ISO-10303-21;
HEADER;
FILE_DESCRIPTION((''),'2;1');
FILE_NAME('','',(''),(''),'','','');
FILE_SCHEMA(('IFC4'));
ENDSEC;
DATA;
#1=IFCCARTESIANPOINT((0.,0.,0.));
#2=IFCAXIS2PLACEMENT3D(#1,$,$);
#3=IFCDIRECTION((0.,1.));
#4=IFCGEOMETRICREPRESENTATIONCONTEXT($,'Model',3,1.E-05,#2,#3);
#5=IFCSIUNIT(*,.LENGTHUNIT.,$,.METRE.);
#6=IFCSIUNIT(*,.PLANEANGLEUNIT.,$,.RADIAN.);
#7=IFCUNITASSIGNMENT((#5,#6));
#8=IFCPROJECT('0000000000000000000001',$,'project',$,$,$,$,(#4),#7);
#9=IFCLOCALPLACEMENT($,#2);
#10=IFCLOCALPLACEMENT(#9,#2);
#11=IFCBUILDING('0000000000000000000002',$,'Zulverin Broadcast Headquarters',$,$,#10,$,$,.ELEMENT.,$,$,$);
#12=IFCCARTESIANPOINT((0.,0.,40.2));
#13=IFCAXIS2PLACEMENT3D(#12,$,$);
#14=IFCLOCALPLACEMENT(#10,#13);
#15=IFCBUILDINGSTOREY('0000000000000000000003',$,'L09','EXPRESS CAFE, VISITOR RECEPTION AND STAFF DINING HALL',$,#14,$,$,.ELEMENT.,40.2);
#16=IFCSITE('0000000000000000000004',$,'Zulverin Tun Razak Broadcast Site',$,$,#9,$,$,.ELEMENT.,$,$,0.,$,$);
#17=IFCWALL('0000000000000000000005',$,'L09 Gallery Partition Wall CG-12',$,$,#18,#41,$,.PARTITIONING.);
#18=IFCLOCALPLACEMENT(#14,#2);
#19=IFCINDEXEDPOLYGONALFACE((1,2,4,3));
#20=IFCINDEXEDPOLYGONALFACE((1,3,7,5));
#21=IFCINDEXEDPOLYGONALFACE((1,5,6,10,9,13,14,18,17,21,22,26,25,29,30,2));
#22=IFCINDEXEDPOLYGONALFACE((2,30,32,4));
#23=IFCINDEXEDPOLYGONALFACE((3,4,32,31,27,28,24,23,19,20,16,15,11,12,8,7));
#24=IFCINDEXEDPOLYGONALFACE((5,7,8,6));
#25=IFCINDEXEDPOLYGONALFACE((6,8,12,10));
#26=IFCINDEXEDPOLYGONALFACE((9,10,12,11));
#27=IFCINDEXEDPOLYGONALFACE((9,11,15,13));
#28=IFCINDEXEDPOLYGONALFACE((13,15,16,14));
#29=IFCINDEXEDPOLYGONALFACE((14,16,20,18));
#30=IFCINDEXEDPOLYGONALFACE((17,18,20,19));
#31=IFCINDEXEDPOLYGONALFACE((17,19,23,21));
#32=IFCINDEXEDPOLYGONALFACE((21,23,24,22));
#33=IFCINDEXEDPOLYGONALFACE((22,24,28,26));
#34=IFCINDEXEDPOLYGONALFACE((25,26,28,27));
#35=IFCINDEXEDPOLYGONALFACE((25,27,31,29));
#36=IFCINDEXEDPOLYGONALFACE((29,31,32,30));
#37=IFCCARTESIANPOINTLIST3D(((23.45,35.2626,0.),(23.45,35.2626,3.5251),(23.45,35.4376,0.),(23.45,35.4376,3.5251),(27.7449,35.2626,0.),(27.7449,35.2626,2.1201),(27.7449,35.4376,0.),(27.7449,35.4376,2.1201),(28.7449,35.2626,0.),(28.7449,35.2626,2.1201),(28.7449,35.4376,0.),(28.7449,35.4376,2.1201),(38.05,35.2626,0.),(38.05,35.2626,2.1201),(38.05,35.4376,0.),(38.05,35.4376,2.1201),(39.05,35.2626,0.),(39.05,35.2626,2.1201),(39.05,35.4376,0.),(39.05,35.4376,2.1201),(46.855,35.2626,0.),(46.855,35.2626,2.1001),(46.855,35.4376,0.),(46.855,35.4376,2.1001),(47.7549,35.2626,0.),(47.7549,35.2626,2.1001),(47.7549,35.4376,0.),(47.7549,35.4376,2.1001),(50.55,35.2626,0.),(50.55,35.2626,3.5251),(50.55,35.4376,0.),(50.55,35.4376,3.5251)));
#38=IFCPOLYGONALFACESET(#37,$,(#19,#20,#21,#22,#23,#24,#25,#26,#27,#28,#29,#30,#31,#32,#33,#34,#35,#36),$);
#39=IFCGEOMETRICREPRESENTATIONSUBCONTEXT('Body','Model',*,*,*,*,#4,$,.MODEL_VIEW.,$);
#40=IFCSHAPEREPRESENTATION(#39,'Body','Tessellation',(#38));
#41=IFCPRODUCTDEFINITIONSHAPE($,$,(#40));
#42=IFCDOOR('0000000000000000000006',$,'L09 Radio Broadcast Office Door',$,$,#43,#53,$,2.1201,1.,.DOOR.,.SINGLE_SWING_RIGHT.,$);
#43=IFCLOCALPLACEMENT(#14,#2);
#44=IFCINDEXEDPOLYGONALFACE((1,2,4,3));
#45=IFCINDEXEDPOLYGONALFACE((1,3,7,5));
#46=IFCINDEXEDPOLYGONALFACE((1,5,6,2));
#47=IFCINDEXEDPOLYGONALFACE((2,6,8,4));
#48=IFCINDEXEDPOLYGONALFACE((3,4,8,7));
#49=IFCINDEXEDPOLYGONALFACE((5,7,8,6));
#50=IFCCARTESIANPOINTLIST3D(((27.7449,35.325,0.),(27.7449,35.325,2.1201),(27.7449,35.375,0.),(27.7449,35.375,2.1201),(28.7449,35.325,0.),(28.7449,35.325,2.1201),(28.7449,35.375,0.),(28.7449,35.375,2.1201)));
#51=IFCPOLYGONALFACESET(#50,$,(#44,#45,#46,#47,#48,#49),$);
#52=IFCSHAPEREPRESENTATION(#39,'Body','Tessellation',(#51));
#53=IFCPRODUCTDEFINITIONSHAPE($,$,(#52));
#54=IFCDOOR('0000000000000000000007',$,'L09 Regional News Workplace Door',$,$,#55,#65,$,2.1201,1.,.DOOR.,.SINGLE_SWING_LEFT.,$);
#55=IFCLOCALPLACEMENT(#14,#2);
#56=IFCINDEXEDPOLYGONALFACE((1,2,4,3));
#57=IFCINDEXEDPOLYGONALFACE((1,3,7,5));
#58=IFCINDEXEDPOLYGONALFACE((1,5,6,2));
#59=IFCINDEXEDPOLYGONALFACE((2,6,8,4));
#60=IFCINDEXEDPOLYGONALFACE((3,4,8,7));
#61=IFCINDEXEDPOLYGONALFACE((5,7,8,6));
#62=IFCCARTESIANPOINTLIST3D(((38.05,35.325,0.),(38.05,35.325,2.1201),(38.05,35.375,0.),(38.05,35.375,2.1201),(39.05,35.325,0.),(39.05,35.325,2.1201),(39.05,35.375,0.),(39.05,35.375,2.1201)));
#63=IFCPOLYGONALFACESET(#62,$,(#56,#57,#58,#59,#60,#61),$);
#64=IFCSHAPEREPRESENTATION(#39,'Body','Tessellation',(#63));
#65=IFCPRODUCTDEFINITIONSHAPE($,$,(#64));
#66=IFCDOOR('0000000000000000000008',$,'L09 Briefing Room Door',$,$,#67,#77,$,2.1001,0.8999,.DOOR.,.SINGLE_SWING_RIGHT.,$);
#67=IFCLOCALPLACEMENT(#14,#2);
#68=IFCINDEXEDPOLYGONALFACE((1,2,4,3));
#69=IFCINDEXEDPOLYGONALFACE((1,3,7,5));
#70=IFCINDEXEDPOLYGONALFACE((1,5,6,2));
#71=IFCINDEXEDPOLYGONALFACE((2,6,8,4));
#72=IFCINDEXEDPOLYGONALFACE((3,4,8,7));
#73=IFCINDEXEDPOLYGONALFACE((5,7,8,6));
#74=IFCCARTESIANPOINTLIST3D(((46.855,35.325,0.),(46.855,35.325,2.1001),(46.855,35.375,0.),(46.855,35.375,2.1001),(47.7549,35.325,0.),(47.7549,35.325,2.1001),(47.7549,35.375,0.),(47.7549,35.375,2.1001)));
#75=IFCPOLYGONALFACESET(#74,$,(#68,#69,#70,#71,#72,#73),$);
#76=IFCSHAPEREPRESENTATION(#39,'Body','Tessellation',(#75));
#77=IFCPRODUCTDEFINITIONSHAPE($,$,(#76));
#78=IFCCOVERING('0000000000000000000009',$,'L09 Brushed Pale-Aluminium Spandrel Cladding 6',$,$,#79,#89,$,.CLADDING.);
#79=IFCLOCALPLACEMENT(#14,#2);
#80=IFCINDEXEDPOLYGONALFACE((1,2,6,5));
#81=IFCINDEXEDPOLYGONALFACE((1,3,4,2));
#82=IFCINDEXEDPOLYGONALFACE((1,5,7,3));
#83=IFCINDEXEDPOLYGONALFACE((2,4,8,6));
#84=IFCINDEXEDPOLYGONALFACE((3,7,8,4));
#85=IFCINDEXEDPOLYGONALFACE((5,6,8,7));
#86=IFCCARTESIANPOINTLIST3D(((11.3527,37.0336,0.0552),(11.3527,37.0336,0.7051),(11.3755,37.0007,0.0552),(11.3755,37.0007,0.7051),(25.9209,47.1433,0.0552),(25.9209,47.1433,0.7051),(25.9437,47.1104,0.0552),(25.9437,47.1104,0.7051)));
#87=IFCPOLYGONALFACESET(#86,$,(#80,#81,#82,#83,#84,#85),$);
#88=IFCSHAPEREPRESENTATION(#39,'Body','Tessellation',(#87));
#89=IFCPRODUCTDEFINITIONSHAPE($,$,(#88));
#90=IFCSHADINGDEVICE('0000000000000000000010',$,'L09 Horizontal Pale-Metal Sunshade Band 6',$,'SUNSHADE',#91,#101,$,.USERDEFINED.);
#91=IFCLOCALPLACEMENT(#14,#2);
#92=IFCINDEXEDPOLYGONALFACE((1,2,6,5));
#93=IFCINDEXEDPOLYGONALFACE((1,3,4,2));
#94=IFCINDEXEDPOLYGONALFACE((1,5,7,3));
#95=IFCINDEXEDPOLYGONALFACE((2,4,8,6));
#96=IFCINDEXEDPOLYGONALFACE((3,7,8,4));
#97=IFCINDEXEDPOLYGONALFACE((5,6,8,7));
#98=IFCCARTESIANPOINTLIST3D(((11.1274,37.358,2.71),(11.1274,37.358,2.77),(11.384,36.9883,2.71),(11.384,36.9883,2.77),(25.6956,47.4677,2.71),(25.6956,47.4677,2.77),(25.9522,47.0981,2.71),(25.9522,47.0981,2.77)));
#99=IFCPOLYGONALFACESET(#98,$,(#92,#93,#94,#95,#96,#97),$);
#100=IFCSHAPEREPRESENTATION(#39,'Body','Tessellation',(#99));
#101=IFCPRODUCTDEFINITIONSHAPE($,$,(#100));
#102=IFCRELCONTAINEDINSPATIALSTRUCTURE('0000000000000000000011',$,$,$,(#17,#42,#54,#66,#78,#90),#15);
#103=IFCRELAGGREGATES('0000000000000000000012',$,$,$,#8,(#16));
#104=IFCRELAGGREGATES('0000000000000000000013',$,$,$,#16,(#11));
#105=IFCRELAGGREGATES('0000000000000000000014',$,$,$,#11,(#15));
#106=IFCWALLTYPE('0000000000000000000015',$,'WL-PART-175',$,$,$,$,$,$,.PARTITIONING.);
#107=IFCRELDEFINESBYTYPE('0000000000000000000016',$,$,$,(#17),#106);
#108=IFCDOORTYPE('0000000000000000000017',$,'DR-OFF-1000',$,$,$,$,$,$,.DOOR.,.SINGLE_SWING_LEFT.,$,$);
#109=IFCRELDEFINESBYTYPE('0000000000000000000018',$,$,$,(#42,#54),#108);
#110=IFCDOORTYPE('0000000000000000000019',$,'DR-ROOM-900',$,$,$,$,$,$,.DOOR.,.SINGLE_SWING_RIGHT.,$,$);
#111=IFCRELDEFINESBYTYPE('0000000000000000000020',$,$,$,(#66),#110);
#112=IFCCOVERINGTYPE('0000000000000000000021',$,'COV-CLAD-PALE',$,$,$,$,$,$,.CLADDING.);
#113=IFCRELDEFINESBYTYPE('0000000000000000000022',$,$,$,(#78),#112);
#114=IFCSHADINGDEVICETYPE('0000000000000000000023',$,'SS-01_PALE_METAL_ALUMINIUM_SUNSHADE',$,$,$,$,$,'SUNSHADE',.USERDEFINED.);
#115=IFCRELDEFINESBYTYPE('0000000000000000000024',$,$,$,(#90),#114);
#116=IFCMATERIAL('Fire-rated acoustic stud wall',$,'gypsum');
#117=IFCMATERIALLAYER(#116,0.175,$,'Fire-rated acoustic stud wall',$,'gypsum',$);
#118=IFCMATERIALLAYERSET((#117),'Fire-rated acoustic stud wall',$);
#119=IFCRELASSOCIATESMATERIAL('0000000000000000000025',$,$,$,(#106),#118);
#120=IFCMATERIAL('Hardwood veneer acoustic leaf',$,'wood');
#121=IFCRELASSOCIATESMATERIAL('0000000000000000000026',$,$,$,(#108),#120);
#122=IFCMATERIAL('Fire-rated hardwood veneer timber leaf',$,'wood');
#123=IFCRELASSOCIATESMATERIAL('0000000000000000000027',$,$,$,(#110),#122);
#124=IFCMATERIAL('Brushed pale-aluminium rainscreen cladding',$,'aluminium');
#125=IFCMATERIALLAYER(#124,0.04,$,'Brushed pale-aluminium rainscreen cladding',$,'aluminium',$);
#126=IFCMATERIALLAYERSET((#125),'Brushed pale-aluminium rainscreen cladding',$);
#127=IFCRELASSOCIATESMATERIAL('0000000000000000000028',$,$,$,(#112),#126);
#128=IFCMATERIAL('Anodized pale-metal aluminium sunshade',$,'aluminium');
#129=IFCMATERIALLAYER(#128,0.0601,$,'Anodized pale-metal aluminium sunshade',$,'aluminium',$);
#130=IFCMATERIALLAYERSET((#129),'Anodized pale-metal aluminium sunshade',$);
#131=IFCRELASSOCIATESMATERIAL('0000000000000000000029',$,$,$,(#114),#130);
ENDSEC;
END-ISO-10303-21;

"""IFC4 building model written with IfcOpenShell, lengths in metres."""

from ifc_helpers import new_model, si_unit, direction, frame, frame_2d, origin, origin_2d, place, context, subcontext, project, spatial, rectangle, extrude, material, layer, layer_set, type_object, element, fill, save


model = new_model("IFC4")

# Units and contexts
model_context = context("Model", 3, precision=1e-05, world=origin(), true_north=direction((0.0, 1.0)))
body_context = subcontext(model_context, "Body", "Model", "MODEL_VIEW")
ifc_project = project(units=[si_unit("LENGTHUNIT", "METRE"), si_unit("PLANEANGLEUNIT", "RADIAN")], contexts=[model_context])

# Site, building, storey
site_placement = place(None, origin())
site = spatial("IfcSite", under=ifc_project, at=site_placement, Name="Zulverin Tun Razak Broadcast Site", CompositionType="ELEMENT", RefElevation=0.0)
building_placement = place(site_placement, origin())
building = spatial("IfcBuilding", under=site, at=building_placement, Name="Zulverin Broadcast Headquarters", CompositionType="ELEMENT")
storey_placement = place(building_placement, frame((0.0, 0.0, 40.2)))
storey = spatial("IfcBuildingStorey", under=building, at=storey_placement, Name="L09", Description="EXPRESS CAFE, VISITOR RECEPTION AND STAFF DINING HALL", CompositionType="ELEMENT", Elevation=40.2)

# Wall, openings, doors
ifc_material_1 = material(Name="Fire-rated acoustic stud wall", Category="gypsum")
ifc_layer_1 = layer(ifc_material_1, 0.175, Name="Fire-rated acoustic stud wall", Category="gypsum")
ifc_layer_set_1 = layer_set([ifc_layer_1], Name="Fire-rated acoustic stud wall")
wall_type_1 = type_object("IfcWallType", Name="WL-PART-175", PredefinedType="PARTITIONING", material=ifc_layer_set_1)
wall_1_placement = place(storey_placement, frame((23.45, 35.3501, 0.0), z_axis=(0.0, 0.0, 1.0), x_axis=(1.0, 0.0, 0.0)))
wall_1 = element("IfcWall", 1, at=wall_1_placement, inside=storey, type_object=wall_type_1, Name="L09 Gallery Partition Wall CG-12", PredefinedType="PARTITIONING", context=body_context, shape_type="SweptSolid", body=[
    extrude(rectangle(XDim=27.1001, YDim=0.175, at=frame_2d((13.55, 0.0))), origin(), (0.0, 0.0, 1.0), 3.5251),
])
opening_1_placement = place(wall_1_placement, frame((4.2949, 0.0, 0.0)))
opening_1 = element("IfcOpeningElement", 2, at=opening_1_placement, cuts=wall_1, PredefinedType="OPENING", context=body_context, shape_type="SweptSolid", body=[
    extrude(rectangle(XDim=1.0, YDim=2.1201, at=frame_2d((0.5, 1.0601))), frame((0.0, 0.0974, 0.0), z_axis=(0.0, -1.0, 0.0), x_axis=(1.0, 0.0, 0.0)), (0.0, 0.0, 1.0), 0.1951),
])
opening_2_placement = place(wall_1_placement, frame((14.6001, 0.0, 0.0)))
opening_2 = element("IfcOpeningElement", 3, at=opening_2_placement, cuts=wall_1, PredefinedType="OPENING", context=body_context, shape_type="SweptSolid", body=[
    extrude(rectangle(XDim=1.0, YDim=2.1201, at=frame_2d((0.5, 1.0601))), frame((0.0, 0.0974, 0.0), z_axis=(0.0, -1.0, 0.0), x_axis=(1.0, 0.0, 0.0)), (0.0, 0.0, 1.0), 0.1951),
])
opening_3_placement = place(wall_1_placement, frame((23.405, 0.0, 0.0)))
opening_3 = element("IfcOpeningElement", 4, at=opening_3_placement, cuts=wall_1, PredefinedType="OPENING", context=body_context, shape_type="SweptSolid", body=[
    extrude(rectangle(XDim=0.8999, YDim=2.1001, at=frame_2d((0.45, 1.05))), frame((0.0, 0.0974, 0.0), z_axis=(0.0, -1.0, 0.0), x_axis=(1.0, 0.0, 0.0)), (0.0, 0.0, 1.0), 0.1951),
])
ifc_material_2 = material(Name="Hardwood veneer acoustic leaf", Category="wood")
door_type_1 = type_object("IfcDoorType", Name="DR-OFF-1000", OperationType="SINGLE_SWING_LEFT", PredefinedType="DOOR", material=ifc_material_2)
door_1_placement = place(opening_1_placement, origin())
door_1 = element("IfcDoor", 5, at=door_1_placement, inside=storey, type_object=door_type_1, Name="L09 Radio Broadcast Office Door", OperationType="SINGLE_SWING_RIGHT", OverallHeight=2.1201, OverallWidth=1.0, PredefinedType="DOOR", context=body_context, shape_type="SweptSolid", body=[
    extrude(rectangle(XDim=1.0, YDim=2.1201, at=frame_2d((0.5, 1.0601))), frame((0.0, 0.0249, 0.0), z_axis=(0.0, -1.0, 0.0), x_axis=(1.0, 0.0, 0.0)), (0.0, 0.0, 1.0), 0.05),
])
fill(opening_1, door_1)
door_2_placement = place(opening_2_placement, origin())
door_2 = element("IfcDoor", 6, at=door_2_placement, inside=storey, type_object=door_type_1, Name="L09 Regional News Workplace Door", OperationType="SINGLE_SWING_LEFT", OverallHeight=2.1201, OverallWidth=1.0, PredefinedType="DOOR", context=body_context, shape_type="SweptSolid", body=[
    extrude(rectangle(XDim=1.0, YDim=2.1201, at=frame_2d((0.5, 1.0601))), frame((0.0, 0.0249, 0.0), z_axis=(0.0, -1.0, 0.0), x_axis=(1.0, 0.0, 0.0)), (0.0, 0.0, 1.0), 0.05),
])
fill(opening_2, door_2)
ifc_material_3 = material(Name="Fire-rated hardwood veneer timber leaf", Category="wood")
door_type_2 = type_object("IfcDoorType", Name="DR-ROOM-900", OperationType="SINGLE_SWING_RIGHT", PredefinedType="DOOR", material=ifc_material_3)
door_3_placement = place(opening_3_placement, origin())
door_3 = element("IfcDoor", 7, at=door_3_placement, inside=storey, type_object=door_type_2, Name="L09 Briefing Room Door", OperationType="SINGLE_SWING_RIGHT", OverallHeight=2.1001, OverallWidth=0.8999, PredefinedType="DOOR", context=body_context, shape_type="SweptSolid", body=[
    extrude(rectangle(XDim=0.8999, YDim=2.1001, at=frame_2d((0.45, 1.05))), frame((0.0, 0.0249, 0.0), z_axis=(0.0, -1.0, 0.0), x_axis=(1.0, 0.0, 0.0)), (0.0, 0.0, 1.0), 0.05),
])
fill(opening_3, door_3)

# Covering
ifc_material_4 = material(Name="Brushed pale-aluminium rainscreen cladding", Category="aluminium")
ifc_layer_2 = layer(ifc_material_4, 0.04, Name="Brushed pale-aluminium rainscreen cladding", Category="aluminium")
ifc_layer_set_2 = layer_set([ifc_layer_2], Name="Brushed pale-aluminium rainscreen cladding")
covering_type = type_object("IfcCoveringType", Name="COV-CLAD-PALE", PredefinedType="CLADDING", material=ifc_layer_set_2)
covering_placement = place(storey_placement, frame((18.6482, 42.072, 0.0552), z_axis=(0.0, 0.0, 1.0), x_axis=(-0.821556, -0.570127, 0.0)))
element("IfcCovering", 8, at=covering_placement, inside=storey, type_object=covering_type, Name="L09 Brushed Pale-Aluminium Spandrel Cladding 6", PredefinedType="CLADDING", context=body_context, shape_type="SweptSolid", body=[
    extrude(rectangle(XDim=17.7324, YDim=0.04, at=origin_2d()), origin(), (0.0, 0.0, 1.0), 0.6499),
])

# Shading device
ifc_material_5 = material(Name="Anodized pale-metal aluminium sunshade", Category="aluminium")
ifc_layer_3 = layer(ifc_material_5, 0.0601, Name="Anodized pale-metal aluminium sunshade", Category="aluminium")
ifc_layer_set_3 = layer_set([ifc_layer_3], Name="Anodized pale-metal aluminium sunshade")
shading_device_type = type_object("IfcShadingDeviceType", Name="SS-01_PALE_METAL_ALUMINIUM_SUNSHADE", ElementType="SUNSHADE", PredefinedType="USERDEFINED", material=ifc_layer_set_3)
shading_device_placement = place(storey_placement, frame((18.5398, 42.228, 2.71), z_axis=(0.0, 0.0, 1.0), x_axis=(-0.821556, -0.570127, 0.0)))
element("IfcShadingDevice", 9, at=shading_device_placement, inside=storey, type_object=shading_device_type, Name="L09 Horizontal Pale-Metal Sunshade Band 6", ObjectType="SUNSHADE", PredefinedType="USERDEFINED", context=body_context, shape_type="SweptSolid", body=[
    extrude(rectangle(XDim=17.7324, YDim=0.45, at=origin_2d()), origin(), (0.0, 0.0, 1.0), 0.0601),
])

save(model, "model.ifc")
